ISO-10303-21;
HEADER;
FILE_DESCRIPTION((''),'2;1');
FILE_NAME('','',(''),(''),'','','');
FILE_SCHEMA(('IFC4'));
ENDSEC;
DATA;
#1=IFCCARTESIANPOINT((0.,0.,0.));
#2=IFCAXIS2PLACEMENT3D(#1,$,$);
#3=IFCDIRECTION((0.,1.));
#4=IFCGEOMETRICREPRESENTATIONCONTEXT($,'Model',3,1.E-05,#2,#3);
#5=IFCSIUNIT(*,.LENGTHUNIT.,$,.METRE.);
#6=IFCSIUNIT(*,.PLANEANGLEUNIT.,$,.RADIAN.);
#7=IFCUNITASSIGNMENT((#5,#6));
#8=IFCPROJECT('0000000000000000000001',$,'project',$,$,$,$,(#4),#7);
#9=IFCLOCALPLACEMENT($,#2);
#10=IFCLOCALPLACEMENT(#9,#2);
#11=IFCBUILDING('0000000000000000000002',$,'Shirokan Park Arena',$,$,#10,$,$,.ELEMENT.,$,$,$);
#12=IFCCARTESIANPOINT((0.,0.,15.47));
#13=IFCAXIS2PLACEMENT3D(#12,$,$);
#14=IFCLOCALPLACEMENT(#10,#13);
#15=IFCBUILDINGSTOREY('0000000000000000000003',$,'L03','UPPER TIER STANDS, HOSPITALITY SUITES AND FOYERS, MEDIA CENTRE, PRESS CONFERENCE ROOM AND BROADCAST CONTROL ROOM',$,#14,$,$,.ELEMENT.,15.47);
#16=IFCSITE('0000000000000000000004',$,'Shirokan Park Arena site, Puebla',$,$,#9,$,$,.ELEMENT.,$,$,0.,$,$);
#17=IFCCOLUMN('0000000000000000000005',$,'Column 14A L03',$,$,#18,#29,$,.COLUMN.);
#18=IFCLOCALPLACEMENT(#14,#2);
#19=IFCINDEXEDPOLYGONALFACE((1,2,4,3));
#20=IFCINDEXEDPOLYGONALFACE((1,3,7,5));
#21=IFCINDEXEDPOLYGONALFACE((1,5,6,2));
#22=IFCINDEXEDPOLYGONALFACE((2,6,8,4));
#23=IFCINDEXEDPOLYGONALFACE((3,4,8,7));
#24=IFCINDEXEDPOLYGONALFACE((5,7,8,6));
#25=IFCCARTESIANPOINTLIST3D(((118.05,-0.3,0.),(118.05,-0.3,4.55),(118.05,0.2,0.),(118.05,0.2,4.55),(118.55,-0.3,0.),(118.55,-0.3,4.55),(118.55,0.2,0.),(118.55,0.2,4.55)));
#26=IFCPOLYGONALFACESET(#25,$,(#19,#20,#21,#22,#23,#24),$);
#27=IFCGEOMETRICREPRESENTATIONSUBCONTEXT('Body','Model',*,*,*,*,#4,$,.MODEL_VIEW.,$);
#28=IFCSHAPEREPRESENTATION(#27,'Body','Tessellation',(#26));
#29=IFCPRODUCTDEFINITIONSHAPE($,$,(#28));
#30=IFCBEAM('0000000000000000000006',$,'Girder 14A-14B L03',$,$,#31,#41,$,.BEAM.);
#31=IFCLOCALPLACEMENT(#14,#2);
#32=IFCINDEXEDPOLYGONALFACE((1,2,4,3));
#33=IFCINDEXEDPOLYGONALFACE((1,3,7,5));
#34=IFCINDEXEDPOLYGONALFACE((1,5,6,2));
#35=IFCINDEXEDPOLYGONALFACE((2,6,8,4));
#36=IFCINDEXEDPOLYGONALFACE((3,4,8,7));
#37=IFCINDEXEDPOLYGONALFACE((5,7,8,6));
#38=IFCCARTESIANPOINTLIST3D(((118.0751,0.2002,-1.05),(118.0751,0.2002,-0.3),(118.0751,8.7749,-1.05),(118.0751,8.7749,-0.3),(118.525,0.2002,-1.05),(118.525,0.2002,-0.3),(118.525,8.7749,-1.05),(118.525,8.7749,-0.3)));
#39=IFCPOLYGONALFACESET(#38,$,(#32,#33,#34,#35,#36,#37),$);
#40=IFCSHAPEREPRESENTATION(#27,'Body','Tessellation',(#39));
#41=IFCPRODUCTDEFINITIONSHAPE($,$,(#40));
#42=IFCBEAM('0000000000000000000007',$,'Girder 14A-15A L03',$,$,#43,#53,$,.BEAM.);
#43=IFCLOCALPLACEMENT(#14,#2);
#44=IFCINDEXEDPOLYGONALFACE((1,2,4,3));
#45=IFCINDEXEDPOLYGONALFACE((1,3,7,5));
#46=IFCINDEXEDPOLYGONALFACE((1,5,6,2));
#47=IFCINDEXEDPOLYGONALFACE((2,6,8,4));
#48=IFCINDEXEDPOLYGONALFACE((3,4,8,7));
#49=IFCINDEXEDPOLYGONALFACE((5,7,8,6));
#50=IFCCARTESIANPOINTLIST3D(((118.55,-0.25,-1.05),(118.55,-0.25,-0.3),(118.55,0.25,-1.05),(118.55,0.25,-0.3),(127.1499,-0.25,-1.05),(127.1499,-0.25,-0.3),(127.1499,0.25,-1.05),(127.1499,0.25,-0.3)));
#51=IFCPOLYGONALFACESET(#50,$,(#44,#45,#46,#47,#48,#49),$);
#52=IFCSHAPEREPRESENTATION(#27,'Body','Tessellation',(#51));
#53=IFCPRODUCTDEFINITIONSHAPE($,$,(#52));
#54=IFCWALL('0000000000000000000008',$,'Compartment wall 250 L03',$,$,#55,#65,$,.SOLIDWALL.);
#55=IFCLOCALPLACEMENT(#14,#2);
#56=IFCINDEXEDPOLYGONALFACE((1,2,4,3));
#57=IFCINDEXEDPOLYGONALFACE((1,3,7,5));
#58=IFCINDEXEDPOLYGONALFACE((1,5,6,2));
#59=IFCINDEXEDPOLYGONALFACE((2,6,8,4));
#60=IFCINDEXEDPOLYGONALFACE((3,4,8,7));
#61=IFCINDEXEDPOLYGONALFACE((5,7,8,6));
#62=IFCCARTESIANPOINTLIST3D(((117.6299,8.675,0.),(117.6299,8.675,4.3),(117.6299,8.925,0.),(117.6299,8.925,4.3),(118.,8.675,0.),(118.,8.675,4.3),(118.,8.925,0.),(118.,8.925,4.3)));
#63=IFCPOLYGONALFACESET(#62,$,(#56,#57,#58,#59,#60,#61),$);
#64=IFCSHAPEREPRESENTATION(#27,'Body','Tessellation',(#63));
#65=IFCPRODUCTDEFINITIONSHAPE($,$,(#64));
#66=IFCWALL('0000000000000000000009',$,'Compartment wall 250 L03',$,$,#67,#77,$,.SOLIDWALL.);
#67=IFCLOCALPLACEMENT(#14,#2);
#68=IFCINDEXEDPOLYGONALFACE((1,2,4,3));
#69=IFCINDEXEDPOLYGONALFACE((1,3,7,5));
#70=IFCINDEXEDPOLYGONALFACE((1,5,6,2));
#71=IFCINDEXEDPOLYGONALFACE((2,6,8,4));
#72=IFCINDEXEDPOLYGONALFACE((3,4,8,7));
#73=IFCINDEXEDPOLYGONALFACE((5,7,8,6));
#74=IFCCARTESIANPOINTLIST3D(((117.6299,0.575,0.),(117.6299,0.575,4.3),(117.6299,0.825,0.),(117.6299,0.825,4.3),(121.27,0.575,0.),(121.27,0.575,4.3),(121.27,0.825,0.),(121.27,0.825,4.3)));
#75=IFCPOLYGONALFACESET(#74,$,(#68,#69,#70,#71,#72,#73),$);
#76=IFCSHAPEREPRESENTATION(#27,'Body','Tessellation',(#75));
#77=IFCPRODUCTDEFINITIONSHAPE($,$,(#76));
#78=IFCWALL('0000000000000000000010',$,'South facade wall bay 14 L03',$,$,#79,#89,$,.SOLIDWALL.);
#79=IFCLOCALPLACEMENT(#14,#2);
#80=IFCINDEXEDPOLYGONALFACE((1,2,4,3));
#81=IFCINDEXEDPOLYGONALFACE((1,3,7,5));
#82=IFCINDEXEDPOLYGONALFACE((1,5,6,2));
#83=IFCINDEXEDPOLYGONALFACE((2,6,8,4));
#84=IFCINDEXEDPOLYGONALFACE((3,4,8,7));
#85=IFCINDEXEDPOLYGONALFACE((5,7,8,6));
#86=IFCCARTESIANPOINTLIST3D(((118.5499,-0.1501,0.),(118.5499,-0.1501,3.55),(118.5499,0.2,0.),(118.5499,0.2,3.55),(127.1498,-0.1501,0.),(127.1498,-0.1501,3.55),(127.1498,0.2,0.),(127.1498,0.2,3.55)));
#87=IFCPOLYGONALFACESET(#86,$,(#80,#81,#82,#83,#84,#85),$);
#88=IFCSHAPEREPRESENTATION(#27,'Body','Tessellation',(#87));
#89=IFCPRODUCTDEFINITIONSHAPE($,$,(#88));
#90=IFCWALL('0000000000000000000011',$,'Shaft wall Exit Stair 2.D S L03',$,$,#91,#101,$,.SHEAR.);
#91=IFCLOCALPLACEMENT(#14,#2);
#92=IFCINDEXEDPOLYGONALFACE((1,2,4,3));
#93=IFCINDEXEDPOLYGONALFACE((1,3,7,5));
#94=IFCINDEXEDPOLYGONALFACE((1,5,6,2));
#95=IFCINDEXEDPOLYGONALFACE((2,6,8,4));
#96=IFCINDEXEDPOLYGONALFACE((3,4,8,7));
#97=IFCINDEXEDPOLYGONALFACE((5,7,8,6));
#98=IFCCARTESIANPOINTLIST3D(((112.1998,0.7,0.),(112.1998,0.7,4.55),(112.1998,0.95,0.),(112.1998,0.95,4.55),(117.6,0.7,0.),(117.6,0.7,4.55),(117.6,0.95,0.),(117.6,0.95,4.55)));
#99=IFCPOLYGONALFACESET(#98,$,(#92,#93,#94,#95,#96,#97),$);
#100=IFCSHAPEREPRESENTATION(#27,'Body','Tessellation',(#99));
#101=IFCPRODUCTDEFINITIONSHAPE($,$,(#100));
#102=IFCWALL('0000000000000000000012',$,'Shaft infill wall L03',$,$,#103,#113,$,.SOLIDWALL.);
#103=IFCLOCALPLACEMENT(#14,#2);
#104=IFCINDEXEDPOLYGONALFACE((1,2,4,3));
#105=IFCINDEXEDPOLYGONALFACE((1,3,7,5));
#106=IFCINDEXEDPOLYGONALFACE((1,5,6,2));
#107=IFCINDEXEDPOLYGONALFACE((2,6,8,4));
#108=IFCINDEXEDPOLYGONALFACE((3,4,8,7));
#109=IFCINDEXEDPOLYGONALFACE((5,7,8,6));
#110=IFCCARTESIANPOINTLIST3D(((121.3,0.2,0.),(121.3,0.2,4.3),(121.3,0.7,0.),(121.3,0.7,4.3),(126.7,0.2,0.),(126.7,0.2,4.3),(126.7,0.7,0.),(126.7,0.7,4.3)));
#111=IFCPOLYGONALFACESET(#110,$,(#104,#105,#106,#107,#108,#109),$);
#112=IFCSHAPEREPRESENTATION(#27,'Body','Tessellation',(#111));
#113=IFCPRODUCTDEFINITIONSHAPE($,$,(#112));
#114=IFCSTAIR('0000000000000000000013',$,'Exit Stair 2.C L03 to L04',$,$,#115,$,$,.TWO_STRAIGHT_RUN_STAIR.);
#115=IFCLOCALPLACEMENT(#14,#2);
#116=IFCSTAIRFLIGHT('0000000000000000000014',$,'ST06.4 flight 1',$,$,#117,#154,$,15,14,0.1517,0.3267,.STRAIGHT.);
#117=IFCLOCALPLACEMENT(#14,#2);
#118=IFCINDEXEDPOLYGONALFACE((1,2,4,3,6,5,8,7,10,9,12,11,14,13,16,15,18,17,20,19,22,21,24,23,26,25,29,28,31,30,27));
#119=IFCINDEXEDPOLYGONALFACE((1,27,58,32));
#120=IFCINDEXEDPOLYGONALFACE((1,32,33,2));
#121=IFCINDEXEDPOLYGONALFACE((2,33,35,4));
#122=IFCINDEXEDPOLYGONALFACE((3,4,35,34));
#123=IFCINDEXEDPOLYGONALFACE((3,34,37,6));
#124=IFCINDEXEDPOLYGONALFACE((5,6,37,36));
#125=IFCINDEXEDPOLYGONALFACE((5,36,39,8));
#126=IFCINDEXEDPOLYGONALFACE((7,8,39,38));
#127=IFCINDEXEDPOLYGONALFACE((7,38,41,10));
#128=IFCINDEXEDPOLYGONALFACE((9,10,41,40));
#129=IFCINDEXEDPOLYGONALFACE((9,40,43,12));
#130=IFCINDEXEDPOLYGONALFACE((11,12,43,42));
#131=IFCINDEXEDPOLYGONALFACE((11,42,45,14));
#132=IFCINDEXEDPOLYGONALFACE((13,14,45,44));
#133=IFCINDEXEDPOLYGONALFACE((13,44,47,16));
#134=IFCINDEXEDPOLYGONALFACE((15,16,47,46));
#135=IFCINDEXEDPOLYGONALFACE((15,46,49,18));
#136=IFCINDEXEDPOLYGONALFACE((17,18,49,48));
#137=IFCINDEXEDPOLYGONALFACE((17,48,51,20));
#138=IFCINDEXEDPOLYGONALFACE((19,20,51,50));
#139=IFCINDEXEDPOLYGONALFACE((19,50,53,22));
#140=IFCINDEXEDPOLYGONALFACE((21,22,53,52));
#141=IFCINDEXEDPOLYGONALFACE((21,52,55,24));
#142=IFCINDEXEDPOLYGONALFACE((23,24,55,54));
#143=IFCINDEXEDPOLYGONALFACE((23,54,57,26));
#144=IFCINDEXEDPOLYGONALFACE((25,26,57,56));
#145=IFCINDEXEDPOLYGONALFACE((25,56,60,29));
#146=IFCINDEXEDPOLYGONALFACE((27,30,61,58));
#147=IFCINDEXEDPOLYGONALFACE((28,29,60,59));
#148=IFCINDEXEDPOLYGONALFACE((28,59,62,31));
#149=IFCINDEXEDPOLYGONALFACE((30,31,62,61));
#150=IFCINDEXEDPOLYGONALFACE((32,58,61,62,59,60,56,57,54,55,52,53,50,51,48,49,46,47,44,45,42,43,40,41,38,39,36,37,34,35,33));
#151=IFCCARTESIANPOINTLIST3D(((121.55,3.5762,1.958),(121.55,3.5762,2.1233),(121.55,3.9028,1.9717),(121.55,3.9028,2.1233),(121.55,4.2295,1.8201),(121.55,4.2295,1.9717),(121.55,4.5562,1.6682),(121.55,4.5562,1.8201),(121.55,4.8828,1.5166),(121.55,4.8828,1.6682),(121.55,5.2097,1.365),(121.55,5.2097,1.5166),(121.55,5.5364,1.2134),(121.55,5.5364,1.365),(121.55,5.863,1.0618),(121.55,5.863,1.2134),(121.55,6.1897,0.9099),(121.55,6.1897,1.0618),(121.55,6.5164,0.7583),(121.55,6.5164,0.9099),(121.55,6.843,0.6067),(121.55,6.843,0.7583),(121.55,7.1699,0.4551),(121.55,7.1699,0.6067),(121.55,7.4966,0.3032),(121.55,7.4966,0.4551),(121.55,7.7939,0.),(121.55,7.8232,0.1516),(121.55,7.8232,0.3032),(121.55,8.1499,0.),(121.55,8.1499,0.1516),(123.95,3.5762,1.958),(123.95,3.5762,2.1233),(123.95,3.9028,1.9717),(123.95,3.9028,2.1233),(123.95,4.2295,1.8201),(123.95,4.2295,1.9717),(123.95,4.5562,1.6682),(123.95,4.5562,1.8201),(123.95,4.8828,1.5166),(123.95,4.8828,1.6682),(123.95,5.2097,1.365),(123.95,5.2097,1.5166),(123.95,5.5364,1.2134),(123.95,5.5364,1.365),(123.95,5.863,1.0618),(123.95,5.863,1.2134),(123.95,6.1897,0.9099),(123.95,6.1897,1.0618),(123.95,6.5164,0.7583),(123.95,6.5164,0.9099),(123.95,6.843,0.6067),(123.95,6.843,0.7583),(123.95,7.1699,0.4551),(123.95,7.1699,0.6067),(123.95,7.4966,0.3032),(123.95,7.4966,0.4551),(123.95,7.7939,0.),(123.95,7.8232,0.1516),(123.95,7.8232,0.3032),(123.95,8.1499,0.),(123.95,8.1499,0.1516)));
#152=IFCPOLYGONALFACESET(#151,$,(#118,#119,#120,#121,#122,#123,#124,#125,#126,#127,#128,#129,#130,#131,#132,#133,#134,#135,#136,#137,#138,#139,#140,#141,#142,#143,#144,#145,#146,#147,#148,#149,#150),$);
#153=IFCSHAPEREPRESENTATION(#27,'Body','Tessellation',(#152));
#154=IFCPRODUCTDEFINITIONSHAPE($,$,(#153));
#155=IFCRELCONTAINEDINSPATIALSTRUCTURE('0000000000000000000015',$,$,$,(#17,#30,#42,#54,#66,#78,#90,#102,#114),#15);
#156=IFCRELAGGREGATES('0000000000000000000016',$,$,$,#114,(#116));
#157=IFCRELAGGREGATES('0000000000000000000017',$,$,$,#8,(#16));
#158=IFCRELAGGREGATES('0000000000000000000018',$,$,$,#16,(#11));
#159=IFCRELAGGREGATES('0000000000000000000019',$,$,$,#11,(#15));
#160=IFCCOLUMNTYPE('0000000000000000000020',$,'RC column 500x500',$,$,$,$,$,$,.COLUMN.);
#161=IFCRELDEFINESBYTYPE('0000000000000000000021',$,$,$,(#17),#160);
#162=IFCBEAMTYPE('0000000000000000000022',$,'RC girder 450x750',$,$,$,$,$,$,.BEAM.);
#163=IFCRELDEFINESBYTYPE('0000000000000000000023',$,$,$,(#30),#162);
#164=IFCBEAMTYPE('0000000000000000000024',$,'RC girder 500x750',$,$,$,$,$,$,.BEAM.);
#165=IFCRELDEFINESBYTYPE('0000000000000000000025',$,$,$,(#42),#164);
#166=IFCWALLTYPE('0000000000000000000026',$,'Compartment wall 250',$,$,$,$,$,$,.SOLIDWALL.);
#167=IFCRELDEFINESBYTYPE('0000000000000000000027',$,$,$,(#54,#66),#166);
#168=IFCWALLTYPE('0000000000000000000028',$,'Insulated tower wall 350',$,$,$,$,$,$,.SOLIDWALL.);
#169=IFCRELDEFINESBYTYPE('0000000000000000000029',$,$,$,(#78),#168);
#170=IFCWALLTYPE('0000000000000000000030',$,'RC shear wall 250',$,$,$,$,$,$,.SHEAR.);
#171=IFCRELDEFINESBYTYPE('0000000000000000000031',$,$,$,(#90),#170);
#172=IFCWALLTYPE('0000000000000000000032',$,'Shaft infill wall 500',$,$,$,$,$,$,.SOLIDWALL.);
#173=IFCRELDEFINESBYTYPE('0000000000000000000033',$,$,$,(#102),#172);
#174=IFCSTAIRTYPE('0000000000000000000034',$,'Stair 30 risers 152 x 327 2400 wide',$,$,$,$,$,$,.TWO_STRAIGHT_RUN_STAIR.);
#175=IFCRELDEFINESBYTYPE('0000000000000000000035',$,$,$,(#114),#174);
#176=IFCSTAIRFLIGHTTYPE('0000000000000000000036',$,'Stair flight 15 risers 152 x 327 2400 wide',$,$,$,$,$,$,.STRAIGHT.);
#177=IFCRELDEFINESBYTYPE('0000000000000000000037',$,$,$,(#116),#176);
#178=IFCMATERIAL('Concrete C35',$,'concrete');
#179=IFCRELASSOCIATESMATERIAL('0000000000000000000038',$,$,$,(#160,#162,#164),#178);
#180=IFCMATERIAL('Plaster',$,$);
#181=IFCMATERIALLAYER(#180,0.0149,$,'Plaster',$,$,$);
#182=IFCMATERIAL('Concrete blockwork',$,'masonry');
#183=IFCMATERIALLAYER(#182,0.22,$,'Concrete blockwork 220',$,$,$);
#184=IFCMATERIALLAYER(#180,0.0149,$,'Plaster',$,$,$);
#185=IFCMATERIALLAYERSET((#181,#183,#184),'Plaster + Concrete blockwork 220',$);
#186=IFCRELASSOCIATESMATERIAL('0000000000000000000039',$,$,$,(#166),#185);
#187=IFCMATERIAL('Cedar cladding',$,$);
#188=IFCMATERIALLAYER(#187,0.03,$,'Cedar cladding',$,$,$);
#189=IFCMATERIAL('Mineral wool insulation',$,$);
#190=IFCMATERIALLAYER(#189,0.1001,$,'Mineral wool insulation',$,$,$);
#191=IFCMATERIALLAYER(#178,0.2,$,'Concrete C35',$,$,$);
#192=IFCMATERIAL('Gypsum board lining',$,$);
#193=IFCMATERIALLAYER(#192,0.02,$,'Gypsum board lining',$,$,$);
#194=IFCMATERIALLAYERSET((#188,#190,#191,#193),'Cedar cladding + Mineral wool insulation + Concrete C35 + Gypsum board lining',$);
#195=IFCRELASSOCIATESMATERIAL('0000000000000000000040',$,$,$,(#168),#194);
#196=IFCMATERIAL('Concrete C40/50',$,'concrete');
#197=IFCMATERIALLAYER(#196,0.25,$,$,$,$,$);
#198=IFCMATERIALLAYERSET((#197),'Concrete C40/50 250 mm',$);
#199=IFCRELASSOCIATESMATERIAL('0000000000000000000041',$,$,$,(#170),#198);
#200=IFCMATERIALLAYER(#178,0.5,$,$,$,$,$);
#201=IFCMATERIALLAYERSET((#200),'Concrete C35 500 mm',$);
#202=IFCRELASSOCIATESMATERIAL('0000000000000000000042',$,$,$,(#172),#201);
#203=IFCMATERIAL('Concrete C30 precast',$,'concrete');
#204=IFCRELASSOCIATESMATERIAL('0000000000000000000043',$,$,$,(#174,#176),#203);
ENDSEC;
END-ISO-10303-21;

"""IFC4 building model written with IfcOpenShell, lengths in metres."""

from ifc_helpers import new_model, si_unit, direction, frame, frame_2d, origin, origin_2d, place, context, subcontext, project, spatial, polyline, rectangle, outline, extrude, material, layer, layer_set, material_profile, profile_set, type_object, element, aggregate, save


model = new_model("IFC4")

# Units and contexts
model_context = context("Model", 3, precision=1e-05, world=origin(), true_north=direction((0.0, 1.0)))
body_context = subcontext(model_context, "Body", "Model", "MODEL_VIEW")
ifc_project = project(units=[si_unit("LENGTHUNIT", "METRE"), si_unit("PLANEANGLEUNIT", "RADIAN")], contexts=[model_context])

# Site, building, storey
site_placement = place(None, origin())
site = spatial("IfcSite", under=ifc_project, at=site_placement, Name="Shirokan Park Arena site, Puebla", CompositionType="ELEMENT", RefElevation=0.0)
building_placement = place(site_placement, origin())
building = spatial("IfcBuilding", under=site, at=building_placement, Name="Shirokan Park Arena", CompositionType="ELEMENT")
storey_placement = place(building_placement, frame((0.0, 0.0, 15.47)))
storey = spatial("IfcBuildingStorey", under=building, at=storey_placement, Name="L03", Description="UPPER TIER STANDS, HOSPITALITY SUITES AND FOYERS, MEDIA CENTRE, PRESS CONFERENCE ROOM AND BROADCAST CONTROL ROOM", CompositionType="ELEMENT", Elevation=15.47)

# Column
ifc_material_1 = material(Name="Concrete C35", Category="concrete")
ifc_material_profile_1 = material_profile(ifc_material_1, rectangle(XDim=0.5, YDim=0.5, at=origin_2d()), Name="500x500")
ifc_profile_set_1 = profile_set([ifc_material_profile_1], Name="Concrete C35")
column_type = type_object("IfcColumnType", Name="RC column 500x500", PredefinedType="COLUMN", material=ifc_profile_set_1)
column_placement = place(storey_placement, frame((118.3, -0.05, 0.0), z_axis=(0.0, 0.0, 1.0), x_axis=(1.0, 0.0, 0.0)))
element("IfcColumn", 1, at=column_placement, inside=storey, type_object=column_type, Name="Column 14A L03", PredefinedType="COLUMN", context=body_context, shape_type="SweptSolid", body=[
    extrude(rectangle(XDim=0.5, YDim=0.5, at=origin_2d()), origin(), (0.0, 0.0, 1.0), 4.55),
])

# Beams
ifc_material_profile_2 = material_profile(ifc_material_1, rectangle(XDim=0.45, YDim=0.75, at=origin_2d()), Name="450x750")
ifc_profile_set_2 = profile_set([ifc_material_profile_2], Name="Concrete C35")
beam_type_1 = type_object("IfcBeamType", Name="RC girder 450x750", PredefinedType="BEAM", material=ifc_profile_set_2)
beam_1_placement = place(storey_placement, frame((118.3, 0.2002, -0.675), z_axis=(0.0, 1.0, 0.0), x_axis=(-1.0, 0.0, 0.0)))
element("IfcBeam", 2, at=beam_1_placement, inside=storey, type_object=beam_type_1, Name="Girder 14A-14B L03", PredefinedType="BEAM", context=body_context, shape_type="SweptSolid", body=[
    extrude(rectangle(XDim=0.45, YDim=0.75, at=origin_2d()), origin(), (0.0, 0.0, 1.0), 8.5747),
])
ifc_material_profile_3 = material_profile(ifc_material_1, rectangle(XDim=0.5, YDim=0.75, at=origin_2d()), Name="500x750")
ifc_profile_set_3 = profile_set([ifc_material_profile_3], Name="Concrete C35")
beam_type_2 = type_object("IfcBeamType", Name="RC girder 500x750", PredefinedType="BEAM", material=ifc_profile_set_3)
beam_2_placement = place(storey_placement, frame((118.55, 0.0, -0.675), z_axis=(1.0, 0.0, 0.0), x_axis=(0.0, 1.0, 0.0)))
element("IfcBeam", 3, at=beam_2_placement, inside=storey, type_object=beam_type_2, Name="Girder 14A-15A L03", PredefinedType="BEAM", context=body_context, shape_type="SweptSolid", body=[
    extrude(rectangle(XDim=0.5, YDim=0.75, at=origin_2d()), origin(), (0.0, 0.0, 1.0), 8.5999),
])

# Walls
ifc_material_2 = material(Name="Plaster")
ifc_layer_1 = layer(ifc_material_2, 0.0149, Name="Plaster")
ifc_material_3 = material(Name="Concrete blockwork", Category="masonry")
ifc_layer_2 = layer(ifc_material_3, 0.22, Name="Concrete blockwork 220")
ifc_layer_3 = layer(ifc_material_2, 0.0149, Name="Plaster")
ifc_layer_set_1 = layer_set([ifc_layer_1, ifc_layer_2, ifc_layer_3], Name="Plaster + Concrete blockwork 220")
wall_type_1 = type_object("IfcWallType", Name="Compartment wall 250", PredefinedType="SOLIDWALL", material=ifc_layer_set_1)
wall_1_placement = place(storey_placement, frame((117.6299, 8.8, 0.0), z_axis=(0.0, 0.0, 1.0), x_axis=(1.0, 0.0, 0.0)))
element("IfcWall", 4, at=wall_1_placement, inside=storey, type_object=wall_type_1, Name="Compartment wall 250 L03", PredefinedType="SOLIDWALL", context=body_context, shape_type="SweptSolid", body=[
    extrude(rectangle(XDim=0.3701, YDim=0.25, at=frame_2d((0.1851, 0.0))), origin(), (0.0, 0.0, 1.0), 4.3),
])
wall_2_placement = place(storey_placement, frame((121.27, 0.7, 0.0), z_axis=(0.0, 0.0, 1.0), x_axis=(-1.0, 0.0, 0.0)))
element("IfcWall", 5, at=wall_2_placement, inside=storey, type_object=wall_type_1, Name="Compartment wall 250 L03", PredefinedType="SOLIDWALL", context=body_context, shape_type="SweptSolid", body=[
    extrude(rectangle(XDim=3.6401, YDim=0.25, at=frame_2d((1.8201, 0.0))), origin(), (0.0, 0.0, 1.0), 4.3),
])
ifc_material_4 = material(Name="Cedar cladding")
ifc_layer_4 = layer(ifc_material_4, 0.03, Name="Cedar cladding")
ifc_material_5 = material(Name="Mineral wool insulation")
ifc_layer_5 = layer(ifc_material_5, 0.1001, Name="Mineral wool insulation")
ifc_layer_6 = layer(ifc_material_1, 0.2, Name="Concrete C35")
ifc_material_6 = material(Name="Gypsum board lining")
ifc_layer_7 = layer(ifc_material_6, 0.02, Name="Gypsum board lining")
ifc_layer_set_2 = layer_set([ifc_layer_4, ifc_layer_5, ifc_layer_6, ifc_layer_7], Name="Cedar cladding + Mineral wool insulation + Concrete C35 + Gypsum board lining")
wall_type_2 = type_object("IfcWallType", Name="Insulated tower wall 350", PredefinedType="SOLIDWALL", material=ifc_layer_set_2)
wall_3_placement = place(storey_placement, frame((118.55, 0.0249, 0.0), z_axis=(0.0, 0.0, 1.0), x_axis=(1.0, 0.0, 0.0)))
element("IfcWall", 6, at=wall_3_placement, inside=storey, type_object=wall_type_2, Name="South facade wall bay 14 L03", PredefinedType="SOLIDWALL", context=body_context, shape_type="SweptSolid", body=[
    extrude(rectangle(XDim=8.5999, YDim=0.3501, at=frame_2d((4.2998, 0.0))), origin(), (0.0, 0.0, 1.0), 3.55),
])
ifc_material_7 = material(Name="Concrete C40/50", Category="concrete")
ifc_layer_8 = layer(ifc_material_7, 0.25)
ifc_layer_set_3 = layer_set([ifc_layer_8], Name="Concrete C40/50 250 mm")
wall_type_3 = type_object("IfcWallType", Name="RC shear wall 250", PredefinedType="SHEAR", material=ifc_layer_set_3)
wall_4_placement = place(storey_placement, frame((117.6001, 0.825, 0.0), z_axis=(0.0, 0.0, 1.0), x_axis=(-1.0, 0.0, 0.0)))
element("IfcWall", 7, at=wall_4_placement, inside=storey, type_object=wall_type_3, Name="Shaft wall Exit Stair 2.D S L03", PredefinedType="SHEAR", context=body_context, shape_type="SweptSolid", body=[
    extrude(rectangle(XDim=5.4001, YDim=0.25, at=frame_2d((2.7002, 0.0))), origin(), (0.0, 0.0, 1.0), 4.55),
])
ifc_layer_9 = layer(ifc_material_1, 0.5)
ifc_layer_set_4 = layer_set([ifc_layer_9], Name="Concrete C35 500 mm")
wall_type_4 = type_object("IfcWallType", Name="Shaft infill wall 500", PredefinedType="SOLIDWALL", material=ifc_layer_set_4)
wall_5_placement = place(storey_placement, frame((121.3, 0.45, 0.0), z_axis=(0.0, 0.0, 1.0), x_axis=(1.0, 0.0, 0.0)))
element("IfcWall", 8, at=wall_5_placement, inside=storey, type_object=wall_type_4, Name="Shaft infill wall L03", PredefinedType="SOLIDWALL", context=body_context, shape_type="SweptSolid", body=[
    extrude(rectangle(XDim=5.3999, YDim=0.5, at=frame_2d((2.7, 0.0))), origin(), (0.0, 0.0, 1.0), 4.3),
])

# Stair, stair flight
ifc_material_8 = material(Name="Concrete C30 precast", Category="concrete")
stair_type = type_object("IfcStairType", Name="Stair 30 risers 152 x 327 2400 wide", PredefinedType="TWO_STRAIGHT_RUN_STAIR", material=ifc_material_8)
stair_1_placement = place(storey_placement, origin())
stair_1 = element("IfcStair", 9, at=stair_1_placement, inside=storey, type_object=stair_type, Name="Exit Stair 2.C L03 to L04", PredefinedType="TWO_STRAIGHT_RUN_STAIR")
stair_flight_type = type_object("IfcStairFlightType", Name="Stair flight 15 risers 152 x 327 2400 wide", PredefinedType="STRAIGHT", material=ifc_material_8)
stair_flight_1_placement = place(storey_placement, frame((122.75, 8.1499, 0.0), z_axis=(0.0, 0.0, 1.0), x_axis=(0.0, -1.0, 0.0)))
stair_flight_1 = element("IfcStairFlight", 10, at=stair_flight_1_placement, type_object=stair_flight_type, Name="ST06.4 flight 1", NumberOfRisers=15, NumberOfTreads=14, PredefinedType="STRAIGHT", RiserHeight=0.1517, TreadLength=0.3267, context=body_context, shape_type="SweptSolid", body=[
    extrude(outline(polyline([(0.0, 0.0), (0.0, 0.1516), (0.3267, 0.1516), (0.3267, 0.3032), (0.6533, 0.3032), (0.6533, 0.4551), (0.98, 0.4551), (0.98, 0.6067), (1.3069, 0.6067), (1.3069, 0.7583), (1.6335, 0.7583), (1.6335, 0.9099), (1.9602, 0.9099), (1.9602, 1.0618), (2.2869, 1.0618), (2.2869, 1.2134), (2.6135, 1.2134), (2.6135, 1.365), (2.9402, 1.365), (2.9402, 1.5166), (3.2671, 1.5166), (3.2671, 1.6682), (3.5938, 1.6682), (3.5938, 1.8201), (3.9204, 1.8201), (3.9204, 1.9717), (4.2471, 1.9717), (4.2471, 2.1233), (4.5737, 2.1233), (4.5737, 2.2749), (4.5737, 1.958), (0.356, 0.0), (0.0, 0.0)])), frame((0.0, 1.2, 0.0), z_axis=(0.0, -1.0, 0.0), x_axis=(1.0, 0.0, 0.0)), (0.0, 0.0, 1.0), 2.3999),
])
aggregate(stair_1, [stair_flight_1])

save(model, "model.ifc")
